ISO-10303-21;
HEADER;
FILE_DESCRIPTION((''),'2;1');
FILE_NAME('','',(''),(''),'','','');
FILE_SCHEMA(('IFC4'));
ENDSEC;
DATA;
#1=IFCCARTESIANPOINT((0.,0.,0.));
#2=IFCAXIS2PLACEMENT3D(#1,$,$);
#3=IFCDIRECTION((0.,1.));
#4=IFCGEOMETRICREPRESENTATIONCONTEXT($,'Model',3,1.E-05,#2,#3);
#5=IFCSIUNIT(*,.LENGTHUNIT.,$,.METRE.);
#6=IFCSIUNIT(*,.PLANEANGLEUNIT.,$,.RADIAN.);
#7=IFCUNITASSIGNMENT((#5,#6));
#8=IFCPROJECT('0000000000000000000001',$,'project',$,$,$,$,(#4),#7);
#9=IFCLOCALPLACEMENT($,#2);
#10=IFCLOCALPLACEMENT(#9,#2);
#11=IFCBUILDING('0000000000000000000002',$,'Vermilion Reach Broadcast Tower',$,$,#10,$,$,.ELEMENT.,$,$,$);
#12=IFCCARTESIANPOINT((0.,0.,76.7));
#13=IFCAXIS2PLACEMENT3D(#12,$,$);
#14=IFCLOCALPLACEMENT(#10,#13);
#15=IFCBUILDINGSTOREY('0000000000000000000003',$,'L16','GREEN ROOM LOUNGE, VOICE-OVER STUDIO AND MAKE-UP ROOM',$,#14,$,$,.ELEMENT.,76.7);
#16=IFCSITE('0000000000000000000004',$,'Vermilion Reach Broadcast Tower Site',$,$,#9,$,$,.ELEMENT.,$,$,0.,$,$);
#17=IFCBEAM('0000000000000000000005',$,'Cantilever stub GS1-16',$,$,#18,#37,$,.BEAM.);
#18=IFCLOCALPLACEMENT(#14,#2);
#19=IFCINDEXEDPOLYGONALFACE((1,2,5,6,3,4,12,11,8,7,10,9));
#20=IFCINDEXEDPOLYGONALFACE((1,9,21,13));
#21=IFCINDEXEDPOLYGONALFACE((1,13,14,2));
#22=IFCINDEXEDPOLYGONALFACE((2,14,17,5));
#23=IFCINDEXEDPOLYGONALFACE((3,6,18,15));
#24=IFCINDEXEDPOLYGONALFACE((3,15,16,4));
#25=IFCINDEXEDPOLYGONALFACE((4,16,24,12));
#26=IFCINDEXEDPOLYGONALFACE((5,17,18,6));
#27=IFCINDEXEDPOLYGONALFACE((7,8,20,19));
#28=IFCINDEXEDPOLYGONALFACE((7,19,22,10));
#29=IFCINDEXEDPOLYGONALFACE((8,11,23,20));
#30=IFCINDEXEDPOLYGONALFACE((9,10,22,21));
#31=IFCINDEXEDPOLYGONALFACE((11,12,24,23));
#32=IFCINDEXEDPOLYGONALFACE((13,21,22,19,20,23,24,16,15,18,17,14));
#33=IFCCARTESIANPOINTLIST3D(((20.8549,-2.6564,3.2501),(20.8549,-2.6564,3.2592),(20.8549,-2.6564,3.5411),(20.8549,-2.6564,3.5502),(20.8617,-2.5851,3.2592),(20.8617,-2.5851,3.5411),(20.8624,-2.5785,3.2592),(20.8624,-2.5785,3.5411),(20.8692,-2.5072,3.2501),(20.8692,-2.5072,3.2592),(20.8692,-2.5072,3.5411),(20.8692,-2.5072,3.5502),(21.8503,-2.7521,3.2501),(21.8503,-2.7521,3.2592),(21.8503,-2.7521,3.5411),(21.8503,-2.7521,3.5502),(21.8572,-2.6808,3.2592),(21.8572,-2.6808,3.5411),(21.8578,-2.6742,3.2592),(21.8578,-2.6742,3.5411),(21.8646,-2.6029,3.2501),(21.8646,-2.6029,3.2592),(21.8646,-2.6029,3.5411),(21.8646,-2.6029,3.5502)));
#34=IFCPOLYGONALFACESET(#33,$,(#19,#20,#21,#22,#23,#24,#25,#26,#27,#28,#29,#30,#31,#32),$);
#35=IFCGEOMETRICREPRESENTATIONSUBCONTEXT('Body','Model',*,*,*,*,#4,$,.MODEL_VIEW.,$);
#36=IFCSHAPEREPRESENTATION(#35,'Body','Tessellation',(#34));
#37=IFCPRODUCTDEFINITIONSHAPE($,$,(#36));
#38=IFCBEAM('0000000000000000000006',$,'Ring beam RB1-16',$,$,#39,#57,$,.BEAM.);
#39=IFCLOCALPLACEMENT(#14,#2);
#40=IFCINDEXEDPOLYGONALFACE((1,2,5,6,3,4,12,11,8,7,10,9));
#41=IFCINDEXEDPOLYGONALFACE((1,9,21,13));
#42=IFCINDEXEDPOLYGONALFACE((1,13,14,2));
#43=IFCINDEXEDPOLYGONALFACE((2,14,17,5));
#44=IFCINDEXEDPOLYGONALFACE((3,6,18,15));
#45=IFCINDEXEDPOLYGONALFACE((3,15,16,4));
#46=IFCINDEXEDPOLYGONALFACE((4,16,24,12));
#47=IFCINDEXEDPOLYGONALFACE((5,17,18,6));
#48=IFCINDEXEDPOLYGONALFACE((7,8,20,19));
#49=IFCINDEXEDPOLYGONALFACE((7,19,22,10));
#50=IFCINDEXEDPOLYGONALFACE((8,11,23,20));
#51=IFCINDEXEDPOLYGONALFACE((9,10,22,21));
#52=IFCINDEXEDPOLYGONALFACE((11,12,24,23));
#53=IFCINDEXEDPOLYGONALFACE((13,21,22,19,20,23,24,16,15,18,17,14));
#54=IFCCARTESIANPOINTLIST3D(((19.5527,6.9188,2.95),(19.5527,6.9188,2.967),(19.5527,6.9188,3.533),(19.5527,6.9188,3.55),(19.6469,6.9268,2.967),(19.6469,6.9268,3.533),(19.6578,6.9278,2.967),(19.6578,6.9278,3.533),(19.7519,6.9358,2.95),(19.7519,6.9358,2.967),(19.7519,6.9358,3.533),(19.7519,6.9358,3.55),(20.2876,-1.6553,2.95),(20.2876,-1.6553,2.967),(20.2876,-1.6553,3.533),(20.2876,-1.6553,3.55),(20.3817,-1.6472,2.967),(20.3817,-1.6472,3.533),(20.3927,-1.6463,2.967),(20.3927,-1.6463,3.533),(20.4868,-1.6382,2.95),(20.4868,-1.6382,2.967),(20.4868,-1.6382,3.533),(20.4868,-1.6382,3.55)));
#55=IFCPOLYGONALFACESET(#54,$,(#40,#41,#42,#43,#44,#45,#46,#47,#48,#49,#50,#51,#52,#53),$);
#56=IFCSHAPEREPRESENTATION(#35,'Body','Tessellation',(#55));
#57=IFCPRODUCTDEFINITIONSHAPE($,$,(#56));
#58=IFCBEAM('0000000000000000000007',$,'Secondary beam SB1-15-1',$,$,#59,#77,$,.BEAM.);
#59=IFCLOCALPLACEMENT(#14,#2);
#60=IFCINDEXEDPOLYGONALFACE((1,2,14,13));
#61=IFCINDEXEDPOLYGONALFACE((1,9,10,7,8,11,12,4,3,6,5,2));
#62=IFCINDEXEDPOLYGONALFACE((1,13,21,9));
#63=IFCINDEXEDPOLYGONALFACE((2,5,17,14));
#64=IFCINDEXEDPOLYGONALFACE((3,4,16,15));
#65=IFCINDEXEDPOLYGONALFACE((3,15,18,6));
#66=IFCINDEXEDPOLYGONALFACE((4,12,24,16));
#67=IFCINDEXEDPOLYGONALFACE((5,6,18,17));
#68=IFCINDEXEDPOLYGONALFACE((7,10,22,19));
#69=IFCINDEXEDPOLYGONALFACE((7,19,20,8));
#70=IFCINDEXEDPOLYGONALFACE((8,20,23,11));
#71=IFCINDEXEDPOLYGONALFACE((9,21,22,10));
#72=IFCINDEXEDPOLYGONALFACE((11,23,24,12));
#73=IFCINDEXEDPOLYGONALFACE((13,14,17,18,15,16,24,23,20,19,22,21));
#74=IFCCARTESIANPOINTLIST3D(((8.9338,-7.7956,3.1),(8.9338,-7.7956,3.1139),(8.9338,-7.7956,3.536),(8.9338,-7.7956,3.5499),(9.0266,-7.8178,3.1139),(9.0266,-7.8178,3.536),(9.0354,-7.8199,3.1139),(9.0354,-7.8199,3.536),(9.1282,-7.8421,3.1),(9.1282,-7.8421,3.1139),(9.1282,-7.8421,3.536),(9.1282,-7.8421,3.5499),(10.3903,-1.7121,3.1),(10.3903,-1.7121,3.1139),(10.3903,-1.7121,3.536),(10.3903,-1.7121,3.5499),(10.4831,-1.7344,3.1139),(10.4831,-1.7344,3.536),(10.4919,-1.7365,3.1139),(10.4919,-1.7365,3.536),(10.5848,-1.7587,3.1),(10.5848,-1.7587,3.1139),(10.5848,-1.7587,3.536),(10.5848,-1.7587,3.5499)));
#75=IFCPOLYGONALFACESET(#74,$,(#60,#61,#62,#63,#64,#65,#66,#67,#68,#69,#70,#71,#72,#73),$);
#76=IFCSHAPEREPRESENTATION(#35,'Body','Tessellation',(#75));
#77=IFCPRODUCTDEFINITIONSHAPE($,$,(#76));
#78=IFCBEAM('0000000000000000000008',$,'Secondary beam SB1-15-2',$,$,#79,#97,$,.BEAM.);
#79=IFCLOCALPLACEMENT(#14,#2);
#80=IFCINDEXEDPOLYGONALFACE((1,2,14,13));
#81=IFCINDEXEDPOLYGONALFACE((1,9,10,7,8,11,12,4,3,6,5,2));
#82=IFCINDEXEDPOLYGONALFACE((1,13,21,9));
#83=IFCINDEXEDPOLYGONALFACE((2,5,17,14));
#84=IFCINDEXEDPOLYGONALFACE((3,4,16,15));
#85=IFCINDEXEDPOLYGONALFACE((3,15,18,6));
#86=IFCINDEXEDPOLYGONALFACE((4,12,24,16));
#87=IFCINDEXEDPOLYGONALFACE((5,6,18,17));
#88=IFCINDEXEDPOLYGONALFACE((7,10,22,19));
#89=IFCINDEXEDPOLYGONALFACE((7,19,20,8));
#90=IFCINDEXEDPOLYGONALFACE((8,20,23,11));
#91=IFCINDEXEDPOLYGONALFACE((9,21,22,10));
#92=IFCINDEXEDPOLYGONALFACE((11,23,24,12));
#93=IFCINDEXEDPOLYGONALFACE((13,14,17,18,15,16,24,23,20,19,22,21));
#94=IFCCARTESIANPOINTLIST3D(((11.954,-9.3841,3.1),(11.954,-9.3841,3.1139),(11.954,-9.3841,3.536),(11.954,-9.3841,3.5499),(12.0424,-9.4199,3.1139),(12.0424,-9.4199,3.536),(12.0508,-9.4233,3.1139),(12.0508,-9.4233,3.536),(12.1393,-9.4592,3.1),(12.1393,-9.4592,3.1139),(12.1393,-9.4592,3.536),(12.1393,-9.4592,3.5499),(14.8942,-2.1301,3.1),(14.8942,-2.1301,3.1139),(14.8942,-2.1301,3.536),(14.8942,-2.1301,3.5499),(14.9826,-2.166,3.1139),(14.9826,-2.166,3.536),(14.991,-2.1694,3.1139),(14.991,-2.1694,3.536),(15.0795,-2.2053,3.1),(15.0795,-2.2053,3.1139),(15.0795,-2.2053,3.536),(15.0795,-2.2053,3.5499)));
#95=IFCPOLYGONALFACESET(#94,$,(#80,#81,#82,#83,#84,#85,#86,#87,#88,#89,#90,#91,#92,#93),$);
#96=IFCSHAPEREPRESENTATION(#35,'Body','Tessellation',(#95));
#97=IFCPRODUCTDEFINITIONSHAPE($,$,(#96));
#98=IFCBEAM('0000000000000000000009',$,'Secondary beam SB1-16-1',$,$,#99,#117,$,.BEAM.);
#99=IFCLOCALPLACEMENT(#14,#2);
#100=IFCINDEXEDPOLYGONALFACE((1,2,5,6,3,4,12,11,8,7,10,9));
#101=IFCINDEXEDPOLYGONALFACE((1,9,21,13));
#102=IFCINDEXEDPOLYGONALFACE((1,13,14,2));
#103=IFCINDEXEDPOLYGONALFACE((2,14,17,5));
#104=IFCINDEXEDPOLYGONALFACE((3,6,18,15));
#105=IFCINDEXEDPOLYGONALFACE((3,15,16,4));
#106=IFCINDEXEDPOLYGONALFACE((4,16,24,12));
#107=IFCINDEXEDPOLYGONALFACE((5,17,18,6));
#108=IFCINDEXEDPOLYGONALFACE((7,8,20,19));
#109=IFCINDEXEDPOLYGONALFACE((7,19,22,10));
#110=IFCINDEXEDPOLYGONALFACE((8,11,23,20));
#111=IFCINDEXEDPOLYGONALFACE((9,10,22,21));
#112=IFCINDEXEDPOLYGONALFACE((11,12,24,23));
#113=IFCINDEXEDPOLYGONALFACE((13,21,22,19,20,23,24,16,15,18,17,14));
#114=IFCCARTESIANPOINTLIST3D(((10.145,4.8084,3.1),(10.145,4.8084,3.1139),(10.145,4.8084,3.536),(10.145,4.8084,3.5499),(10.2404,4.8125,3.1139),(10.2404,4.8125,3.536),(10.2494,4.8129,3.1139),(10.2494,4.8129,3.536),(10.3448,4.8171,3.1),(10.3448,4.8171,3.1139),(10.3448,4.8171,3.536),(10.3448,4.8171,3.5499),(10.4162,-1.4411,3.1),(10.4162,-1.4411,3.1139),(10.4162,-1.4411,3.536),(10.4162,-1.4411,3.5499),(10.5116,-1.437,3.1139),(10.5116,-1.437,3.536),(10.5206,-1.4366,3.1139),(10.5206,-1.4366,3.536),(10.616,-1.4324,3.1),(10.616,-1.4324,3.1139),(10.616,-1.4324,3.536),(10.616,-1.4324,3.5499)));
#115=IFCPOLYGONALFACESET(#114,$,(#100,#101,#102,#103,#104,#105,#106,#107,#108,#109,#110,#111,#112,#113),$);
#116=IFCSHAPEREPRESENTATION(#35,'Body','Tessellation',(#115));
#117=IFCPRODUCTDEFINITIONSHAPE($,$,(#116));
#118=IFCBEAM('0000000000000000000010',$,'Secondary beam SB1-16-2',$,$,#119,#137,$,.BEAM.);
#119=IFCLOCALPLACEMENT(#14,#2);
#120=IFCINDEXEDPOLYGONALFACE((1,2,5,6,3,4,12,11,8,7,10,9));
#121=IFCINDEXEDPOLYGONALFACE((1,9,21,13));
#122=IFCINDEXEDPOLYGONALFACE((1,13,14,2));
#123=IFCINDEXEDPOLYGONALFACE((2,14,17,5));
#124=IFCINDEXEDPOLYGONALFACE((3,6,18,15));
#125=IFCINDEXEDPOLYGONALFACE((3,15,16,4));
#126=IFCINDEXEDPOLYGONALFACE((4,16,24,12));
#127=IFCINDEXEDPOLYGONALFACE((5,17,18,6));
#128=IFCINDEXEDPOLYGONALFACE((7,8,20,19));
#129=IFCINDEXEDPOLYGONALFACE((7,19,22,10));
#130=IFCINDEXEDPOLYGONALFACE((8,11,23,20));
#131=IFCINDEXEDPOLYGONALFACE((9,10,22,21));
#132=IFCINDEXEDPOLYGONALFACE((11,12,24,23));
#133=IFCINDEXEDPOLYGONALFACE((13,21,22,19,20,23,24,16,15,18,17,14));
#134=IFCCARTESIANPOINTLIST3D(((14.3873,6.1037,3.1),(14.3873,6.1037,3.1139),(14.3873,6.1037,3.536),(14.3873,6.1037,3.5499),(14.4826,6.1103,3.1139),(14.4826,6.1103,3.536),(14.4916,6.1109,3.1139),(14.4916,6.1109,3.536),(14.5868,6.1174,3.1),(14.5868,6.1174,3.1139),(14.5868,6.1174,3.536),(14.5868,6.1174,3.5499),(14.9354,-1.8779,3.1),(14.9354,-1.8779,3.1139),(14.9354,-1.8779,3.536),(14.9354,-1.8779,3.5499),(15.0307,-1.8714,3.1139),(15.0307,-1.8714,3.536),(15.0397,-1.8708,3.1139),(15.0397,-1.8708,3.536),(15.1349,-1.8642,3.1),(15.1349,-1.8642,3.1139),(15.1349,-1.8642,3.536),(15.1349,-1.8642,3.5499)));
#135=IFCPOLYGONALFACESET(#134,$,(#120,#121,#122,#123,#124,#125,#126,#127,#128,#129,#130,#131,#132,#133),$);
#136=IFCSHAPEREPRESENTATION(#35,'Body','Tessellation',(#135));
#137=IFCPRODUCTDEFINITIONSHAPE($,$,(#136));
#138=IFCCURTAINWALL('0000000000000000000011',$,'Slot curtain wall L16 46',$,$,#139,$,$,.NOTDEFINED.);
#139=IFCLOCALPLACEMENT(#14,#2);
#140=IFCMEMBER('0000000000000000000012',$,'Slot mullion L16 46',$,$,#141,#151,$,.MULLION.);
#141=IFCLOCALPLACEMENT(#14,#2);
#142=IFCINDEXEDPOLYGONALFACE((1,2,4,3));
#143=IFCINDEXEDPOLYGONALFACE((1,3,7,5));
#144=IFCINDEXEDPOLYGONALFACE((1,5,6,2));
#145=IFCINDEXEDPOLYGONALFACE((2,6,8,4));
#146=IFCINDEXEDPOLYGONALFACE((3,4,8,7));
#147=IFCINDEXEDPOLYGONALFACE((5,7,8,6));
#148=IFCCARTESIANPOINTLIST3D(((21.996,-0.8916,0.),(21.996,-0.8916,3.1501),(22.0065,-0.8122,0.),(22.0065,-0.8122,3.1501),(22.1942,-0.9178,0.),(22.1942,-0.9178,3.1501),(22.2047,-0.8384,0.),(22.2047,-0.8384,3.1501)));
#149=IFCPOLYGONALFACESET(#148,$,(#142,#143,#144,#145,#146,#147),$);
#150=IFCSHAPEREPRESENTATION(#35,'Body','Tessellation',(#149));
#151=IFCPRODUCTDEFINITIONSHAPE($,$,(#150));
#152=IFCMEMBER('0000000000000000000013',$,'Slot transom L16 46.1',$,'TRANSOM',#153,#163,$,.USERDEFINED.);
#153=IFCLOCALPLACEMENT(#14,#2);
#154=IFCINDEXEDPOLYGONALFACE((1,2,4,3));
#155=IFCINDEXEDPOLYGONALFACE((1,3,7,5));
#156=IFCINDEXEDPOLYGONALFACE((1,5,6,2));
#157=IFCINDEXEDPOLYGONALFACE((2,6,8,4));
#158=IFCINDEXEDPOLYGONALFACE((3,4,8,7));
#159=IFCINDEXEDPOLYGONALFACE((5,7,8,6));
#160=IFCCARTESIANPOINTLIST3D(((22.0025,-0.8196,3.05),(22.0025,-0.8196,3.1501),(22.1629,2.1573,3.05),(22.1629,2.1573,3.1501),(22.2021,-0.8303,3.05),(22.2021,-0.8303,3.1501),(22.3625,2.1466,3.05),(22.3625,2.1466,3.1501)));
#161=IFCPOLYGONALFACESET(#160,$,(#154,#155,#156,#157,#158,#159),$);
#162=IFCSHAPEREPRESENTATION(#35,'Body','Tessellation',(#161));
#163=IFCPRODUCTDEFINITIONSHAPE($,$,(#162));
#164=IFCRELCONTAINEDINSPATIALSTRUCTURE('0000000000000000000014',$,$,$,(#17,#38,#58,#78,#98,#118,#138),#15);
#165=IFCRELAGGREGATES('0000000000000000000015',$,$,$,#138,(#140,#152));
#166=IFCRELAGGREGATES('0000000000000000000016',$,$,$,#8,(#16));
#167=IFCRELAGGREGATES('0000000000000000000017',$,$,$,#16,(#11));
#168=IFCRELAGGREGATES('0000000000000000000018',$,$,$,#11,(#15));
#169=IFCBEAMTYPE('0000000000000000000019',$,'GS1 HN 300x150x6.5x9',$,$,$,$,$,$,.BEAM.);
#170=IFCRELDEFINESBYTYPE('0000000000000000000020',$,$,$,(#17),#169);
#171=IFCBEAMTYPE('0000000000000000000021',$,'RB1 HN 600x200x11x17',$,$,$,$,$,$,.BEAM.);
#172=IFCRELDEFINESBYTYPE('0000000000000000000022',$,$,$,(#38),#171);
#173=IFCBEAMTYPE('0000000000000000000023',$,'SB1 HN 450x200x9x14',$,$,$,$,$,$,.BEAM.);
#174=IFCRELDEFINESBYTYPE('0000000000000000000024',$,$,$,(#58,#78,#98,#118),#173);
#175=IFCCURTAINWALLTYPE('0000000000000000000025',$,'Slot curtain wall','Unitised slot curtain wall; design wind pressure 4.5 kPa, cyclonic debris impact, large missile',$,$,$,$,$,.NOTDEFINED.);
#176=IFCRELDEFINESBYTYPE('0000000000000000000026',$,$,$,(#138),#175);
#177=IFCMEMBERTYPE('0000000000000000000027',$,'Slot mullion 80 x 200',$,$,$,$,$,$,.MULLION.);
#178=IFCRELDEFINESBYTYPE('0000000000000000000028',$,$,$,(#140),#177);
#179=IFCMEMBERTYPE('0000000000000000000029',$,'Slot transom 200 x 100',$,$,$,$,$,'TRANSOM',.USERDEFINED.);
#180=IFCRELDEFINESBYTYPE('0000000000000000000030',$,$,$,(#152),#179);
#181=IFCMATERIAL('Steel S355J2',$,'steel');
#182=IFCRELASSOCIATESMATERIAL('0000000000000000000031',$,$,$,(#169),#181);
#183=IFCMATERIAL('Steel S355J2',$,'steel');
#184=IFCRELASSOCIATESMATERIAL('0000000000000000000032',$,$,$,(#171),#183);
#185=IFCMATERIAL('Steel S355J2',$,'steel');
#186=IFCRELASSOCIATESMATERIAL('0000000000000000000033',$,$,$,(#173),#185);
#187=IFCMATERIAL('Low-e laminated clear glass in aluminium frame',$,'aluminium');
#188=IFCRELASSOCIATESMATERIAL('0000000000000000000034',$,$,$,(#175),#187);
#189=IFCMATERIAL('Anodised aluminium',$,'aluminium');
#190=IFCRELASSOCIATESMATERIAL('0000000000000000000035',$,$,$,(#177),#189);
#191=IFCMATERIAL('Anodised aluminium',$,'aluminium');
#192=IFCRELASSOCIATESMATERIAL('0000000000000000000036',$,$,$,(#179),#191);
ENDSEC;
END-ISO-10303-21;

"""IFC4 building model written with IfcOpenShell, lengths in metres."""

from ifc_helpers import new_model, si_unit, direction, frame, origin, origin_2d, place, context, subcontext, project, spatial, rectangle, i_section, extrude, material, material_profile, profile_set, type_object, element, aggregate, save


model = new_model("IFC4")

# Units and contexts
model_context = context("Model", 3, precision=1e-05, world=origin(), true_north=direction((0.0, 1.0)))
body_context = subcontext(model_context, "Body", "Model", "MODEL_VIEW")
ifc_project = project(units=[si_unit("LENGTHUNIT", "METRE"), si_unit("PLANEANGLEUNIT", "RADIAN")], contexts=[model_context])

# Site, building, storey
site_placement = place(None, origin())
site = spatial("IfcSite", under=ifc_project, at=site_placement, Name="Vermilion Reach Broadcast Tower Site", CompositionType="ELEMENT", RefElevation=0.0)
building_placement = place(site_placement, origin())
building = spatial("IfcBuilding", under=site, at=building_placement, Name="Vermilion Reach Broadcast Tower", CompositionType="ELEMENT")
storey_placement = place(building_placement, frame((0.0, 0.0, 76.7)))
storey = spatial("IfcBuildingStorey", under=building, at=storey_placement, Name="L16", Description="GREEN ROOM LOUNGE, VOICE-OVER STUDIO AND MAKE-UP ROOM", CompositionType="ELEMENT", Elevation=76.7)

# Beams
ifc_material_1 = material(Name="Steel S355J2", Category="steel")
ifc_material_profile_1 = material_profile(ifc_material_1, i_section(OverallWidth=0.1499, OverallDepth=0.3, WebThickness=0.0066, FlangeThickness=0.009, at=origin_2d()), Name="S355J2 HN 300x150x6.5x9")
ifc_profile_set_1 = profile_set([ifc_material_profile_1], Name="Steel S355J2")
beam_type_1 = type_object("IfcBeamType", Name="GS1 HN 300x150x6.5x9", PredefinedType="BEAM", material=ifc_profile_set_1)
beam_1_placement = place(storey_placement, frame((20.8621, -2.5818, 3.4001), z_axis=(0.995409, -0.095708, 0.0), x_axis=(0.095708, 0.995409, 0.0)))
element("IfcBeam", 1, at=beam_1_placement, inside=storey, type_object=beam_type_1, Name="Cantilever stub GS1-16", PredefinedType="BEAM", context=body_context, shape_type="SweptSolid", body=[
    extrude(i_section(OverallWidth=0.1499, OverallDepth=0.3, WebThickness=0.0066, FlangeThickness=0.009, at=origin_2d()), origin(), (0.0, 0.0, 1.0), 1.0),
])
ifc_material_2 = material(Name="Steel S355J2", Category="steel")
ifc_material_profile_2 = material_profile(ifc_material_2, i_section(OverallWidth=0.2, OverallDepth=0.6001, WebThickness=0.011, FlangeThickness=0.0171, at=origin_2d()), Name="S355J2 HN 600x200x11x17")
ifc_profile_set_2 = profile_set([ifc_material_profile_2], Name="Steel S355J2")
beam_type_2 = type_object("IfcBeamType", Name="RB1 HN 600x200x11x17", PredefinedType="BEAM", material=ifc_profile_set_2)
beam_2_placement = place(storey_placement, frame((20.3872, -1.6467, 3.25), z_axis=(-0.085396, 0.996347, 0.0), x_axis=(-0.996347, -0.085396, 0.0)))
element("IfcBeam", 2, at=beam_2_placement, inside=storey, type_object=beam_type_2, Name="Ring beam RB1-16", PredefinedType="BEAM", context=body_context, shape_type="SweptSolid", body=[
    extrude(i_section(OverallWidth=0.2, OverallDepth=0.6001, WebThickness=0.011, FlangeThickness=0.0171, at=origin_2d()), origin(), (0.0, 0.0, 1.0), 8.6055),
])
ifc_material_3 = material(Name="Steel S355J2", Category="steel")
ifc_material_profile_3 = material_profile(ifc_material_3, i_section(OverallWidth=0.2, OverallDepth=0.45, WebThickness=0.009, FlangeThickness=0.0139, at=origin_2d()), Name="S355J2 HN 450x200x9x14")
ifc_profile_set_3 = profile_set([ifc_material_profile_3], Name="Steel S355J2")
beam_type_3 = type_object("IfcBeamType", Name="SB1 HN 450x200x9x14", PredefinedType="BEAM", material=ifc_profile_set_3)
beam_3_placement = place(storey_placement, frame((9.031, -7.8188, 3.325), z_axis=(0.232844, 0.972514, 0.0), x_axis=(-0.972514, 0.232844, 0.0)))
element("IfcBeam", 3, at=beam_3_placement, inside=storey, type_object=beam_type_3, Name="Secondary beam SB1-15-1", PredefinedType="BEAM", context=body_context, shape_type="SweptSolid", body=[
    extrude(i_section(OverallWidth=0.2, OverallDepth=0.45, WebThickness=0.009, FlangeThickness=0.0139, at=origin_2d()), origin(), (0.0, 0.0, 1.0), 6.2554),
])
beam_4_placement = place(storey_placement, frame((12.0466, -9.4216, 3.325), z_axis=(0.375641, 0.926765, 0.0), x_axis=(-0.926765, 0.375641, 0.0)))
element("IfcBeam", 4, at=beam_4_placement, inside=storey, type_object=beam_type_3, Name="Secondary beam SB1-15-2", PredefinedType="BEAM", context=body_context, shape_type="SweptSolid", body=[
    extrude(i_section(OverallWidth=0.2, OverallDepth=0.45, WebThickness=0.009, FlangeThickness=0.0139, at=origin_2d()), origin(), (0.0, 0.0, 1.0), 7.8271),
])
beam_5_placement = place(storey_placement, frame((10.5161, -1.4368, 3.325), z_axis=(-0.043361, 0.999059, 0.0), x_axis=(-0.999059, -0.043361, 0.0)))
element("IfcBeam", 5, at=beam_5_placement, inside=storey, type_object=beam_type_3, Name="Secondary beam SB1-16-1", PredefinedType="BEAM", context=body_context, shape_type="SweptSolid", body=[
    extrude(i_section(OverallWidth=0.2, OverallDepth=0.45, WebThickness=0.009, FlangeThickness=0.0139, at=origin_2d()), origin(), (0.0, 0.0, 1.0), 6.2554),
])
beam_6_placement = place(storey_placement, frame((15.0352, -1.8711, 3.325), z_axis=(-0.068508, 0.997651, 0.0), x_axis=(-0.997651, -0.068508, 0.0)))
element("IfcBeam", 6, at=beam_6_placement, inside=storey, type_object=beam_type_3, Name="Secondary beam SB1-16-2", PredefinedType="BEAM", context=body_context, shape_type="SweptSolid", body=[
    extrude(i_section(OverallWidth=0.2, OverallDepth=0.45, WebThickness=0.009, FlangeThickness=0.0139, at=origin_2d()), origin(), (0.0, 0.0, 1.0), 8.0005),
])

# Curtain wall, members
ifc_material_4 = material(Name="Low-e laminated clear glass in aluminium frame", Category="aluminium")
curtain_wall_type = type_object("IfcCurtainWallType", Name="Slot curtain wall", Description="Unitised slot curtain wall; design wind pressure 4.5 kPa, cyclonic debris impact, large missile", PredefinedType="NOTDEFINED", material=ifc_material_4)
curtain_wall_placement = place(storey_placement, origin())
curtain_wall = element("IfcCurtainWall", 7, at=curtain_wall_placement, inside=storey, type_object=curtain_wall_type, Name="Slot curtain wall L16 46", PredefinedType="NOTDEFINED")
ifc_material_5 = material(Name="Anodised aluminium", Category="aluminium")
ifc_material_profile_4 = material_profile(ifc_material_5, rectangle(XDim=0.2, YDim=0.0801, at=origin_2d()), Name="Slot mullion 80 x 200")
ifc_profile_set_4 = profile_set([ifc_material_profile_4], Name="Anodised aluminium")
member_type_1 = type_object("IfcMemberType", Name="Slot mullion 80 x 200", PredefinedType="MULLION", material=ifc_profile_set_4)
member_1_placement = place(storey_placement, frame((22.1003, -0.865, 0.0), z_axis=(0.0, 0.0, 1.0), x_axis=(-0.991414, 0.130759, 0.0)))
member_1 = element("IfcMember", 8, at=member_1_placement, type_object=member_type_1, Name="Slot mullion L16 46", PredefinedType="MULLION", context=body_context, shape_type="SweptSolid", body=[
    extrude(rectangle(XDim=0.2, YDim=0.0801, at=origin_2d()), origin(), (0.0, 0.0, 1.0), 3.1501),
])
ifc_material_6 = material(Name="Anodised aluminium", Category="aluminium")
ifc_material_profile_5 = material_profile(ifc_material_6, rectangle(XDim=0.2, YDim=0.1001, at=origin_2d()), Name="Slot transom 200 x 100")
ifc_profile_set_5 = profile_set([ifc_material_profile_5], Name="Anodised aluminium")
member_type_2 = type_object("IfcMemberType", Name="Slot transom 200 x 100", ElementType="TRANSOM", PredefinedType="USERDEFINED", material=ifc_profile_set_5)
member_2_placement = place(storey_placement, frame((22.1023, -0.825, 3.1001), z_axis=(0.053805, 0.998551, 0.0), x_axis=(-0.998551, 0.053805, 0.0)))
member_2 = element("IfcMember", 9, at=member_2_placement, type_object=member_type_2, Name="Slot transom L16 46.1", ObjectType="TRANSOM", PredefinedType="USERDEFINED", context=body_context, shape_type="SweptSolid", body=[
    extrude(rectangle(XDim=0.2, YDim=0.1001, at=origin_2d()), origin(), (0.0, 0.0, 1.0), 2.9812),
])
aggregate(curtain_wall, [member_1, member_2])

save(model, "model.ifc")
